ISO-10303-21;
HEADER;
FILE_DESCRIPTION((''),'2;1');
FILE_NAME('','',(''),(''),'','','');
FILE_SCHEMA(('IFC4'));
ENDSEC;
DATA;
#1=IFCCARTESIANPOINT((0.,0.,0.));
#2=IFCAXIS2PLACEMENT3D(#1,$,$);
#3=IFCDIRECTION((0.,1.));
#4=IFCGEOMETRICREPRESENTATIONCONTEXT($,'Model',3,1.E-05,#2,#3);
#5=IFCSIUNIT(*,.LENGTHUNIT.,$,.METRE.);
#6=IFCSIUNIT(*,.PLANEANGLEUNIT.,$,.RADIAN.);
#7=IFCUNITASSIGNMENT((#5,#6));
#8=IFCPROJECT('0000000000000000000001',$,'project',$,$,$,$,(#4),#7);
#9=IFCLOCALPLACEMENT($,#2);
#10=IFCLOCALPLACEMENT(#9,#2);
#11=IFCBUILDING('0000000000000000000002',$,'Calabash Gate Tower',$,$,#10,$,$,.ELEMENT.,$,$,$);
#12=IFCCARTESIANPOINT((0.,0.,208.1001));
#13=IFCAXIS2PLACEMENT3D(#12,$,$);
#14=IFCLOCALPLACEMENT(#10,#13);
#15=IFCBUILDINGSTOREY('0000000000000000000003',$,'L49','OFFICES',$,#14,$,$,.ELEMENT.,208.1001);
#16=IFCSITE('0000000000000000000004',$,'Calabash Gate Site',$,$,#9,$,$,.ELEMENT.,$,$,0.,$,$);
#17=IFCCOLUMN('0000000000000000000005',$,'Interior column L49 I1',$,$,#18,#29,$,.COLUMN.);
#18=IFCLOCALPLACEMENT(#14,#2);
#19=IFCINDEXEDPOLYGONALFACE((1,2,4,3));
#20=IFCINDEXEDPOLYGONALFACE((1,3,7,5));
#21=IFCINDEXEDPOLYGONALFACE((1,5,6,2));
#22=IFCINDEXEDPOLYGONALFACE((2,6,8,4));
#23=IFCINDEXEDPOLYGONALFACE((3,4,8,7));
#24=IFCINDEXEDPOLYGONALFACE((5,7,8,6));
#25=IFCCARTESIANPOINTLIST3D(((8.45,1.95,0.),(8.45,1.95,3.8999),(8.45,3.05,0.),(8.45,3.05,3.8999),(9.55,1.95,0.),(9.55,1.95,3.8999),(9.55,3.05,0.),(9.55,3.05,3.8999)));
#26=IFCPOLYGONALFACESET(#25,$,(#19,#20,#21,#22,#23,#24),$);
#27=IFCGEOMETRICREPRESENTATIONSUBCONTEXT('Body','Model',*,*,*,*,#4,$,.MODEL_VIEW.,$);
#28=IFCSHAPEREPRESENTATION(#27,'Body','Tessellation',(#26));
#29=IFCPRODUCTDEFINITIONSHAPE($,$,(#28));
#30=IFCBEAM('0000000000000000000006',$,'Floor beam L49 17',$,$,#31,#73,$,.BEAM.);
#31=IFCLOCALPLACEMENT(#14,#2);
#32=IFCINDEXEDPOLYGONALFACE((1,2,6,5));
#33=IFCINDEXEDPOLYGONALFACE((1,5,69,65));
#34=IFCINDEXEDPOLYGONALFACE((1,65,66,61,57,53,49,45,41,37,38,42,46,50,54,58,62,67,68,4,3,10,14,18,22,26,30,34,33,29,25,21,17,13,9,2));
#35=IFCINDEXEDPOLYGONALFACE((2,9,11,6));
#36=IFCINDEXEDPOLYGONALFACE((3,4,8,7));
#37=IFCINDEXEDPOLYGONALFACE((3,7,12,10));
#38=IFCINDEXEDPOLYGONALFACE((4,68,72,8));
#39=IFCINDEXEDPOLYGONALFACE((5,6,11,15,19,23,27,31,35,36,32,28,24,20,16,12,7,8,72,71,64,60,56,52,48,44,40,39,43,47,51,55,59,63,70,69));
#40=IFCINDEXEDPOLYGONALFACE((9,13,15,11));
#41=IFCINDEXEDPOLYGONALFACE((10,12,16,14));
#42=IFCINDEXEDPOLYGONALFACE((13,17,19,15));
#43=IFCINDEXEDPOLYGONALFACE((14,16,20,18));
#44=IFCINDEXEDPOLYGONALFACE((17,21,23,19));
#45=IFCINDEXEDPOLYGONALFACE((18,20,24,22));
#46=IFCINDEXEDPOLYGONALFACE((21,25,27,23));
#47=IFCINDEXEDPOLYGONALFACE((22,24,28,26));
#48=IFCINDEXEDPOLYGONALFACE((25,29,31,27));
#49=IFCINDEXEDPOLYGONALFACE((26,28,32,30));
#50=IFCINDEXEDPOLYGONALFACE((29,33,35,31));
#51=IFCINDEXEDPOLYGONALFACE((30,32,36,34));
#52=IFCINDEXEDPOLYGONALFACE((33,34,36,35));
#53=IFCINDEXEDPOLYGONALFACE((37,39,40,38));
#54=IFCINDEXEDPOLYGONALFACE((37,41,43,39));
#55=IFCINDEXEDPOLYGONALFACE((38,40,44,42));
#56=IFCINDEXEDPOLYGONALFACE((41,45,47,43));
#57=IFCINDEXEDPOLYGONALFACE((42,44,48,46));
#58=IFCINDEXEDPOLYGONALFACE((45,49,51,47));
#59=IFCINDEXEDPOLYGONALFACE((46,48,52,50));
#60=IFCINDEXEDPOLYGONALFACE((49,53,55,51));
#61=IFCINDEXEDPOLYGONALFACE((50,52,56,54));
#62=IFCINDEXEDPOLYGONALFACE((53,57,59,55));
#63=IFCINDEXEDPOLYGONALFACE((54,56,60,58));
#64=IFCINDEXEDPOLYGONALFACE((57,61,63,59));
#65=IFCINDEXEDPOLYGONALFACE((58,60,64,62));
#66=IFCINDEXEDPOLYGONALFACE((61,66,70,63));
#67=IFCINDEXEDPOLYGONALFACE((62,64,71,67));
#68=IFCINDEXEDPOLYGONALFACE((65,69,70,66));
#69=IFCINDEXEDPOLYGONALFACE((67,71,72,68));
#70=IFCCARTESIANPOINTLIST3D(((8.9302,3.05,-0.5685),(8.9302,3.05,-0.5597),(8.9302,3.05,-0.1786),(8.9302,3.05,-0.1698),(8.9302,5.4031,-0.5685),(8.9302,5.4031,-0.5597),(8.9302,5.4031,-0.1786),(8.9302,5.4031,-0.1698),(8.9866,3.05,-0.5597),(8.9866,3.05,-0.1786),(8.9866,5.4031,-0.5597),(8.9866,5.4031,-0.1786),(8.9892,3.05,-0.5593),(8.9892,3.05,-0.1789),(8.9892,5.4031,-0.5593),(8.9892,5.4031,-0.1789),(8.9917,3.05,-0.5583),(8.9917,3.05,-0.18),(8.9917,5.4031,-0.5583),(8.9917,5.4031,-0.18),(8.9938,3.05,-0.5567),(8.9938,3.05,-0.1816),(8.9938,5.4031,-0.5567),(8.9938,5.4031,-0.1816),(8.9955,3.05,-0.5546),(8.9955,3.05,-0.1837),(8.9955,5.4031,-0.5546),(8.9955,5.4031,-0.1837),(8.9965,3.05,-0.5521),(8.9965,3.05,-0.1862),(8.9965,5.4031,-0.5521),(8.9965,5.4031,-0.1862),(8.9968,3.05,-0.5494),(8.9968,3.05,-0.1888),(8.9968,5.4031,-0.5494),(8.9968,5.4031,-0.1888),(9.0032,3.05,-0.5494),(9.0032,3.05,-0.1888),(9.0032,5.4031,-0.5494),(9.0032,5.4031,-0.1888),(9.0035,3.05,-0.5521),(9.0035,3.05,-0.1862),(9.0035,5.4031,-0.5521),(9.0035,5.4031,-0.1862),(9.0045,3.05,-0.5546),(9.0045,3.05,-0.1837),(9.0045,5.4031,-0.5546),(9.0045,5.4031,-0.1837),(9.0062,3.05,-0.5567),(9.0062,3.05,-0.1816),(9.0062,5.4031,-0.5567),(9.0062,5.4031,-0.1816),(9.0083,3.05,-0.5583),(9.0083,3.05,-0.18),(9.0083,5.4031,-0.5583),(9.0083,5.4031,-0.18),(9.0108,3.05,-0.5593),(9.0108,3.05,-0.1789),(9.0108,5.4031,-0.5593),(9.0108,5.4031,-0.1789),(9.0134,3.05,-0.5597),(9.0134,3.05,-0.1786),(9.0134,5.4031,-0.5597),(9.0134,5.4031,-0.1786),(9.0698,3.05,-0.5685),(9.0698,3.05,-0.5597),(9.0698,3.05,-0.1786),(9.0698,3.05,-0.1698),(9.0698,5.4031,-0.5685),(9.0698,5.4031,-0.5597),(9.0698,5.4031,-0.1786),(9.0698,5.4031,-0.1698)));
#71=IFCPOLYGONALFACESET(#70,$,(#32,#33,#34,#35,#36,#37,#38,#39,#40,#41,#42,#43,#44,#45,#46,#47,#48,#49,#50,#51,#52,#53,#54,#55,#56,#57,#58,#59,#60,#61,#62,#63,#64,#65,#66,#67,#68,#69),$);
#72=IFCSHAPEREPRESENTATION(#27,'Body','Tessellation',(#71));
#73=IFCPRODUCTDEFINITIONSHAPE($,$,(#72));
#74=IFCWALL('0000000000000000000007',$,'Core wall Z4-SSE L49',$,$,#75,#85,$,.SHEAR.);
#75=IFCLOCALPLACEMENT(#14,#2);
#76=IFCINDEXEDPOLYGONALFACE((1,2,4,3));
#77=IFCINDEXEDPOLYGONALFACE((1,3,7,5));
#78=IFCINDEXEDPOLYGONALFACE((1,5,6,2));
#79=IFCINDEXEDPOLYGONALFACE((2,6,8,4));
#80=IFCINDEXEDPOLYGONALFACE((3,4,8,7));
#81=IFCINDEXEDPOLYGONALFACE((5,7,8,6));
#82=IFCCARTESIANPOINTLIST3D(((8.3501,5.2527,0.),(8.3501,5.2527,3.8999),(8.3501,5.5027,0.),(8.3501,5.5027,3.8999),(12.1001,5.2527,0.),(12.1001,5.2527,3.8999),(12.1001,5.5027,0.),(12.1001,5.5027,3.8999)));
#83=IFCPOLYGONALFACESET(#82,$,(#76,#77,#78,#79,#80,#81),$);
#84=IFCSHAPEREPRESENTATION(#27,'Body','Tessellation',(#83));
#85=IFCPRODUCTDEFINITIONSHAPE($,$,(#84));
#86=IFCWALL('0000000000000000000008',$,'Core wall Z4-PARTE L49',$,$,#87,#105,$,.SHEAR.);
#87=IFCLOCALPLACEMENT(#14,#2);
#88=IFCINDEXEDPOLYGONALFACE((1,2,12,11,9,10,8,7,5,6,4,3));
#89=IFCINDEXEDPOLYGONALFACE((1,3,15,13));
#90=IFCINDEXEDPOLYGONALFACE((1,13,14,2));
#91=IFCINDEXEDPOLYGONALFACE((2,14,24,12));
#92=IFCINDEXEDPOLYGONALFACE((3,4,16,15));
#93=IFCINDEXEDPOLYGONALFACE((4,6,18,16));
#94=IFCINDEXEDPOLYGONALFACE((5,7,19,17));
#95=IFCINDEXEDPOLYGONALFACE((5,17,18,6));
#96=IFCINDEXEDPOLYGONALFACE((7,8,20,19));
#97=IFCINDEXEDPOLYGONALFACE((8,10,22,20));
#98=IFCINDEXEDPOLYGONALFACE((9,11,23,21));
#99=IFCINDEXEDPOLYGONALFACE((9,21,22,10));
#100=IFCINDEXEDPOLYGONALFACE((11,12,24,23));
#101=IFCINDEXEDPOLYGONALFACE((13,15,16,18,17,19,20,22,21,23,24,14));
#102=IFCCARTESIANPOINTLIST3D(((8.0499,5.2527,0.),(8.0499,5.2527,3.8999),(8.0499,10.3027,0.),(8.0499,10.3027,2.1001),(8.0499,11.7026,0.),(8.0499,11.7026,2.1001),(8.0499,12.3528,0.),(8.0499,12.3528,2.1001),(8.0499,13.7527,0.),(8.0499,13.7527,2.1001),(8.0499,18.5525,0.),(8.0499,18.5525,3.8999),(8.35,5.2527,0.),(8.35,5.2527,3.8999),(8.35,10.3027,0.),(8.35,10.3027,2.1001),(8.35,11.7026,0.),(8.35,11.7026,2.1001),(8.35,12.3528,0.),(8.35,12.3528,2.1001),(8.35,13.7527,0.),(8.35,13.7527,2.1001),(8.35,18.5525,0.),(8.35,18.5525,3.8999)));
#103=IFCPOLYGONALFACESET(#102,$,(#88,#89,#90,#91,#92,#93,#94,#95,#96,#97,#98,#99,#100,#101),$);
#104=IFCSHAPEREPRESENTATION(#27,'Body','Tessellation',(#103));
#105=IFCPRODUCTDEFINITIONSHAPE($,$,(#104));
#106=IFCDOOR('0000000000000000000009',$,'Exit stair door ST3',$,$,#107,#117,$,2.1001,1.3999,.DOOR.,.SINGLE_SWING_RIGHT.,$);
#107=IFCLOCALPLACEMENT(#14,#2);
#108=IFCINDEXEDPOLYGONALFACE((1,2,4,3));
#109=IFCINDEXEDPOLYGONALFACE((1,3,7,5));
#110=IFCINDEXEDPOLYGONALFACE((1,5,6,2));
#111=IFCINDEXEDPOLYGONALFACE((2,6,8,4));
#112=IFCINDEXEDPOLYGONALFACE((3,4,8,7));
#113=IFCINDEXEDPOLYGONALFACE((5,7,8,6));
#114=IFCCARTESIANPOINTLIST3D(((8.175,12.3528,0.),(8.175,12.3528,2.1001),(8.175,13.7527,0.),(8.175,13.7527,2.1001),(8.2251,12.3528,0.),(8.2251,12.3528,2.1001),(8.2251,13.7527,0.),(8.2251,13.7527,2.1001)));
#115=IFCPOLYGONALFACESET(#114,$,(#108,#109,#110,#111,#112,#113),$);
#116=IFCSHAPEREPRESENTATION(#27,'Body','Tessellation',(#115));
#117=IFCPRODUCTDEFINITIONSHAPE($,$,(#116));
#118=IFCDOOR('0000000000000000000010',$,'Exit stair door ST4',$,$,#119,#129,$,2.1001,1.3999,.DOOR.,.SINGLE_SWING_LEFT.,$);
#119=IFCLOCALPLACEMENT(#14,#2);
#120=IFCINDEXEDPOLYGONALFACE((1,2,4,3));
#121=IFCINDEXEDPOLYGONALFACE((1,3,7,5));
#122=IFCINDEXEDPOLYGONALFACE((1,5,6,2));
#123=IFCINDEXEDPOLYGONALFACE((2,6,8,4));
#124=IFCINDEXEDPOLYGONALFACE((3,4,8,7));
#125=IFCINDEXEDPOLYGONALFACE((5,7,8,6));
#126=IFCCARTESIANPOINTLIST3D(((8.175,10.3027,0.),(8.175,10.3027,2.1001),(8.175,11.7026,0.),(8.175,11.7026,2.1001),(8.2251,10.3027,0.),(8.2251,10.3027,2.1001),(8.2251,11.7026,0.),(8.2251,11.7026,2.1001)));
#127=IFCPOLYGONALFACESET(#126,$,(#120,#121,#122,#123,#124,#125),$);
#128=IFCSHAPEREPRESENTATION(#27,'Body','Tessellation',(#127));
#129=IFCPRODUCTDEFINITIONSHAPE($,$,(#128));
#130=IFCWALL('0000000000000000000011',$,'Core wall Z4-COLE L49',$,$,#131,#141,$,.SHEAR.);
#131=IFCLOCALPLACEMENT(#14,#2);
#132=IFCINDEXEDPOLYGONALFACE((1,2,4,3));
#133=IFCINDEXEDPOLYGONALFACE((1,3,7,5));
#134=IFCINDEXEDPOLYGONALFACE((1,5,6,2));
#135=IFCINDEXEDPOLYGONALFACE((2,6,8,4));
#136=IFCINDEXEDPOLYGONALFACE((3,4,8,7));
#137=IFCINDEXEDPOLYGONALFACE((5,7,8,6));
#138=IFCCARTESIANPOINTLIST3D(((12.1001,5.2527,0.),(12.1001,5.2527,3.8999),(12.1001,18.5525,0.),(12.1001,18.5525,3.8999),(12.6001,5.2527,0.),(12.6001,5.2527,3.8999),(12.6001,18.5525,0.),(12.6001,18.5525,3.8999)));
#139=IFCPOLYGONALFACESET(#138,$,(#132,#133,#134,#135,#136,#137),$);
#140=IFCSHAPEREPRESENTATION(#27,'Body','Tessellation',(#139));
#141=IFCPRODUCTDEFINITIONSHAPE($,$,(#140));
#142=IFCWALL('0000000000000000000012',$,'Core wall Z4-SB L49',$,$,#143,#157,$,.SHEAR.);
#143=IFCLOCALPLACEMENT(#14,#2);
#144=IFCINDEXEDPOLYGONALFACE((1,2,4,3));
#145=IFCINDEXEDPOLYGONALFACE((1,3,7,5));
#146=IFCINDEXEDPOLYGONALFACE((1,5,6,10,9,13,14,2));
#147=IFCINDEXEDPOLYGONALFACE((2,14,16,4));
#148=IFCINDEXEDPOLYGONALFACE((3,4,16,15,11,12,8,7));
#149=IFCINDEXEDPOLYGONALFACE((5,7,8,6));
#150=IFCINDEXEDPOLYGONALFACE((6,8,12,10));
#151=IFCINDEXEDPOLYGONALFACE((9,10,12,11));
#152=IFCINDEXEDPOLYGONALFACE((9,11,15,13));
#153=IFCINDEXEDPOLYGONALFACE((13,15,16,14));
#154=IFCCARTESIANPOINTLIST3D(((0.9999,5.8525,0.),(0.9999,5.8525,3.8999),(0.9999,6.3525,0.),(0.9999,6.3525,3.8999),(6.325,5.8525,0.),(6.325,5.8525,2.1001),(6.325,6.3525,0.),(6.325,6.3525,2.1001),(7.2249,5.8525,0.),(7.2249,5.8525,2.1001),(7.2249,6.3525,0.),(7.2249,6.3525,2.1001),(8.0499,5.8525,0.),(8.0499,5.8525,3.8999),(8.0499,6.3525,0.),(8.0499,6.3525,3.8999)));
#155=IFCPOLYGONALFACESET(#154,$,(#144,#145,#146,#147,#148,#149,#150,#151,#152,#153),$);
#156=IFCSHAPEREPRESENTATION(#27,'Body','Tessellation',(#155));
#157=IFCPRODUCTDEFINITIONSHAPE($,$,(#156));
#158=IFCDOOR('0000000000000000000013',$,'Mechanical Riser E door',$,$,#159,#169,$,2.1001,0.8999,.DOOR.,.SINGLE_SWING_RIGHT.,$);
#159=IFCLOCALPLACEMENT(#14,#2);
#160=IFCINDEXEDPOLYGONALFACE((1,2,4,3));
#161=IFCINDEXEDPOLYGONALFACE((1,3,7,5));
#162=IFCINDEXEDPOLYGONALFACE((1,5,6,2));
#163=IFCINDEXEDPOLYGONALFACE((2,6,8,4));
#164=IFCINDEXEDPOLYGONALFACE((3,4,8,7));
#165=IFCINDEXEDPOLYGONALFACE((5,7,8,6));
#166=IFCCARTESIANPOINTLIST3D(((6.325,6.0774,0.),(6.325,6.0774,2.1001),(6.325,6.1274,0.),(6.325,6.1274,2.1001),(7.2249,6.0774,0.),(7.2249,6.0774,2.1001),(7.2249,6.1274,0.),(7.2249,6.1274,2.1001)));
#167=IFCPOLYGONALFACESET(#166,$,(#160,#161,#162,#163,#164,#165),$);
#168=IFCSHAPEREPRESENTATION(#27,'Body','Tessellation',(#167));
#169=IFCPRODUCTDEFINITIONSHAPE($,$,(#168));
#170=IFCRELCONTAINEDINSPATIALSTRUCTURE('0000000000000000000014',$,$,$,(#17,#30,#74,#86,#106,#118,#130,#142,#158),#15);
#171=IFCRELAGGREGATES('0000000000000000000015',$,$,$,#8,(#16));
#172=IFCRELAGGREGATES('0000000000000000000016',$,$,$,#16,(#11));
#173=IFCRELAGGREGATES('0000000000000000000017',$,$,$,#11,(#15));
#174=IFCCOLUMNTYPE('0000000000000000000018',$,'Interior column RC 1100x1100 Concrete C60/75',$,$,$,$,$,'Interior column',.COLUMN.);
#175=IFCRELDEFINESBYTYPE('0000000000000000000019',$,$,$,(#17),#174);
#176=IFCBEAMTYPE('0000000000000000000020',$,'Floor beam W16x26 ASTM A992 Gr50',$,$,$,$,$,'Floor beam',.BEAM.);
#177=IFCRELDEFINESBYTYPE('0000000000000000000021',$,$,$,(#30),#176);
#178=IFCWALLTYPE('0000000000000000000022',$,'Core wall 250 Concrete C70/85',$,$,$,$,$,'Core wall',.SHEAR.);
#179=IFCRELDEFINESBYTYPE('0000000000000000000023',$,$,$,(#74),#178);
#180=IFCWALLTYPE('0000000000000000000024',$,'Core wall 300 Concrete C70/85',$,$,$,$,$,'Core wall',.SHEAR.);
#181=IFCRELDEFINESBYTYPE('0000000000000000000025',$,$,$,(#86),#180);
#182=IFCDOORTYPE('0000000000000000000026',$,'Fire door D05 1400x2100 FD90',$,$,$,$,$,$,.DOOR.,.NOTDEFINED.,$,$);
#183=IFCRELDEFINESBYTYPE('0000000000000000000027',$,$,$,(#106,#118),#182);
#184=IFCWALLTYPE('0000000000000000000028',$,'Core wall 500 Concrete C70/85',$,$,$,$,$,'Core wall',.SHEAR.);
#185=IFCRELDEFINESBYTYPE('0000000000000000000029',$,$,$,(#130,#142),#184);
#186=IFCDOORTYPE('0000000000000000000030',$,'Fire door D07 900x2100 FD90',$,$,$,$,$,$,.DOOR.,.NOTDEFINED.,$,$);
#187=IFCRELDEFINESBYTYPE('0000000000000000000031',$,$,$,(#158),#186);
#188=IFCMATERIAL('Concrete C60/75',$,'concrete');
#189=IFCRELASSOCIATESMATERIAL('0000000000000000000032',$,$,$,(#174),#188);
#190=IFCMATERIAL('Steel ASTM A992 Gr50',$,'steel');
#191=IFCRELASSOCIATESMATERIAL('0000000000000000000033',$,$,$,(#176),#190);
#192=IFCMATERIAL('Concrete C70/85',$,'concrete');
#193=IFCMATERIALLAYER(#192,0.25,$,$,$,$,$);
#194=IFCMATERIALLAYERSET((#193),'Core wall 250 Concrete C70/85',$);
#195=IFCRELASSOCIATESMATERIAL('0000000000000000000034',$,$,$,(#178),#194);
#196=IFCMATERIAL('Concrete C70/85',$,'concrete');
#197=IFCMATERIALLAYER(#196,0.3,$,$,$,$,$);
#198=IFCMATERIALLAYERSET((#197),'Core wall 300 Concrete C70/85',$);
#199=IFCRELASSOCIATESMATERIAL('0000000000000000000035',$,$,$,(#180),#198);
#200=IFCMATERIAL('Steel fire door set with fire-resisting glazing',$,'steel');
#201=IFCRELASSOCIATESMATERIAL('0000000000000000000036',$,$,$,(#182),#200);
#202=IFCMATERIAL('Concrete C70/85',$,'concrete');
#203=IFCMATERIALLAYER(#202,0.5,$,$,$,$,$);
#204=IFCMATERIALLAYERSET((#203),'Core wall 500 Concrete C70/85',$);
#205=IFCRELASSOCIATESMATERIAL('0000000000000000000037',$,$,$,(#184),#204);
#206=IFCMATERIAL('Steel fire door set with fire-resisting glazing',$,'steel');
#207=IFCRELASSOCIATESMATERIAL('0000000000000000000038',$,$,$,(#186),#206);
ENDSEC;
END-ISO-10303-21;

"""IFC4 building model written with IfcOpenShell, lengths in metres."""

from ifc_helpers import new_model, si_unit, direction, frame, frame_2d, origin, origin_2d, place, context, subcontext, project, spatial, rectangle, i_section, extrude, material, layer, layer_set, material_profile, profile_set, type_object, element, fill, save


model = new_model("IFC4")

# Units and contexts
model_context = context("Model", 3, precision=1e-05, world=origin(), true_north=direction((0.0, 1.0)))
body_context = subcontext(model_context, "Body", "Model", "MODEL_VIEW")
ifc_project = project(units=[si_unit("LENGTHUNIT", "METRE"), si_unit("PLANEANGLEUNIT", "RADIAN")], contexts=[model_context])

# Site, building, storey
site_placement = place(None, origin())
site = spatial("IfcSite", under=ifc_project, at=site_placement, Name="Calabash Gate Site", CompositionType="ELEMENT", RefElevation=0.0)
building_placement = place(site_placement, origin())
building = spatial("IfcBuilding", under=site, at=building_placement, Name="Calabash Gate Tower", CompositionType="ELEMENT")
storey_placement = place(building_placement, frame((0.0, 0.0, 208.1001)))
storey = spatial("IfcBuildingStorey", under=building, at=storey_placement, Name="L49", Description="OFFICES", CompositionType="ELEMENT", Elevation=208.1001)

# Column
ifc_material_1 = material(Name="Concrete C60/75", Category="concrete")
ifc_material_profile_1 = material_profile(ifc_material_1, rectangle(XDim=1.1001, YDim=1.1001, at=origin_2d()))
ifc_profile_set_1 = profile_set([ifc_material_profile_1], Name="Concrete C60/75")
column_type = type_object("IfcColumnType", Name="Interior column RC 1100x1100 Concrete C60/75", ElementType="Interior column", PredefinedType="COLUMN", material=ifc_profile_set_1)
column_placement = place(storey_placement, frame((9.0, 2.5, 0.0), z_axis=(0.0, 0.0, 1.0), x_axis=(1.0, 0.0, 0.0)))
element("IfcColumn", 1, at=column_placement, inside=storey, type_object=column_type, Name="Interior column L49 I1", PredefinedType="COLUMN", context=body_context, shape_type="SweptSolid", body=[
    extrude(rectangle(XDim=1.1001, YDim=1.1001, at=origin_2d()), origin(), (0.0, 0.0, 1.0), 3.8999),
])

# Beam
ifc_material_2 = material(Name="Steel ASTM A992 Gr50", Category="steel")
ifc_material_profile_2 = material_profile(ifc_material_2, i_section(OverallWidth=0.1396, OverallDepth=0.3987, WebThickness=0.0063, FlangeThickness=0.0088, FilletRadius=0.0103, at=origin_2d()))
ifc_profile_set_2 = profile_set([ifc_material_profile_2], Name="Steel ASTM A992 Gr50")
beam_type = type_object("IfcBeamType", Name="Floor beam W16x26 ASTM A992 Gr50", ElementType="Floor beam", PredefinedType="BEAM", material=ifc_profile_set_2)
beam_placement = place(storey_placement, frame((9.0, 3.05, -0.3691), z_axis=(0.0, 1.0, 0.0), x_axis=(-1.0, 0.0, 0.0)))
element("IfcBeam", 2, at=beam_placement, inside=storey, type_object=beam_type, Name="Floor beam L49 17", PredefinedType="BEAM", context=body_context, shape_type="SweptSolid", body=[
    extrude(i_section(OverallWidth=0.1396, OverallDepth=0.3987, WebThickness=0.0063, FlangeThickness=0.0088, FilletRadius=0.0103, at=origin_2d()), origin(), (0.0, 0.0, 1.0), 2.353),
])

# Wall
ifc_material_3 = material(Name="Concrete C70/85", Category="concrete")
ifc_layer_1 = layer(ifc_material_3, 0.25)
ifc_layer_set_1 = layer_set([ifc_layer_1], Name="Core wall 250 Concrete C70/85")
wall_type_1 = type_object("IfcWallType", Name="Core wall 250 Concrete C70/85", ElementType="Core wall", PredefinedType="SHEAR", material=ifc_layer_set_1)
wall_1_placement = place(storey_placement, frame((8.3501, 5.3777, 0.0), z_axis=(0.0, 0.0, 1.0), x_axis=(1.0, 0.0, 0.0)))
element("IfcWall", 3, at=wall_1_placement, inside=storey, type_object=wall_type_1, Name="Core wall Z4-SSE L49", PredefinedType="SHEAR", context=body_context, shape_type="SweptSolid", body=[
    extrude(rectangle(XDim=3.75, YDim=0.25, at=frame_2d((1.875, 0.0))), origin(), (0.0, 0.0, 1.0), 3.8999),
])

# Wall, openings, doors
ifc_material_4 = material(Name="Concrete C70/85", Category="concrete")
ifc_layer_2 = layer(ifc_material_4, 0.3)
ifc_layer_set_2 = layer_set([ifc_layer_2], Name="Core wall 300 Concrete C70/85")
wall_type_2 = type_object("IfcWallType", Name="Core wall 300 Concrete C70/85", ElementType="Core wall", PredefinedType="SHEAR", material=ifc_layer_set_2)
wall_2_placement = place(storey_placement, frame((8.2, 5.2527, 0.0), z_axis=(0.0, 0.0, 1.0), x_axis=(0.0, 1.0, 0.0)))
wall_2 = element("IfcWall", 4, at=wall_2_placement, inside=storey, type_object=wall_type_2, Name="Core wall Z4-PARTE L49", PredefinedType="SHEAR", context=body_context, shape_type="SweptSolid", body=[
    extrude(rectangle(XDim=13.2998, YDim=0.3, at=frame_2d((6.6499, 0.0))), origin(), (0.0, 0.0, 1.0), 3.8999),
])
opening_1_placement = place(wall_2_placement, frame((7.1001, 0.0, 0.0)))
opening_1 = element("IfcOpeningElement", 5, at=opening_1_placement, cuts=wall_2, PredefinedType="OPENING", context=body_context, shape_type="SweptSolid", body=[
    extrude(rectangle(XDim=1.3999, YDim=2.1001, at=frame_2d((0.7, 1.05))), frame((0.0, 0.1599, 0.0), z_axis=(0.0, -1.0, 0.0), x_axis=(1.0, 0.0, 0.0)), (0.0, 0.0, 1.0), 0.3201),
])
opening_2_placement = place(wall_2_placement, frame((5.05, 0.0, 0.0)))
opening_2 = element("IfcOpeningElement", 6, at=opening_2_placement, cuts=wall_2, PredefinedType="OPENING", context=body_context, shape_type="SweptSolid", body=[
    extrude(rectangle(XDim=1.3999, YDim=2.1001, at=frame_2d((0.7, 1.05))), frame((0.0, 0.1599, 0.0), z_axis=(0.0, -1.0, 0.0), x_axis=(1.0, 0.0, 0.0)), (0.0, 0.0, 1.0), 0.3201),
])
ifc_material_5 = material(Name="Steel fire door set with fire-resisting glazing", Category="steel")
door_type_1 = type_object("IfcDoorType", Name="Fire door D05 1400x2100 FD90", OperationType="NOTDEFINED", PredefinedType="DOOR", material=ifc_material_5)
door_1_placement = place(opening_1_placement, origin())
door_1 = element("IfcDoor", 7, at=door_1_placement, inside=storey, type_object=door_type_1, Name="Exit stair door ST3", OperationType="SINGLE_SWING_RIGHT", OverallHeight=2.1001, OverallWidth=1.3999, PredefinedType="DOOR", context=body_context, shape_type="SweptSolid", body=[
    extrude(rectangle(XDim=1.3999, YDim=2.1001, at=frame_2d((0.7, 1.05))), frame((0.0, 0.0249, 0.0), z_axis=(0.0, -1.0, 0.0), x_axis=(1.0, 0.0, 0.0)), (0.0, 0.0, 1.0), 0.05),
])
fill(opening_1, door_1)
door_2_placement = place(opening_2_placement, origin())
door_2 = element("IfcDoor", 8, at=door_2_placement, inside=storey, type_object=door_type_1, Name="Exit stair door ST4", OperationType="SINGLE_SWING_LEFT", OverallHeight=2.1001, OverallWidth=1.3999, PredefinedType="DOOR", context=body_context, shape_type="SweptSolid", body=[
    extrude(rectangle(XDim=1.3999, YDim=2.1001, at=frame_2d((0.7, 1.05))), frame((0.0, 0.0249, 0.0), z_axis=(0.0, -1.0, 0.0), x_axis=(1.0, 0.0, 0.0)), (0.0, 0.0, 1.0), 0.05),
])
fill(opening_2, door_2)

# Wall
ifc_material_6 = material(Name="Concrete C70/85", Category="concrete")
ifc_layer_3 = layer(ifc_material_6, 0.5)
ifc_layer_set_3 = layer_set([ifc_layer_3], Name="Core wall 500 Concrete C70/85")
wall_type_3 = type_object("IfcWallType", Name="Core wall 500 Concrete C70/85", ElementType="Core wall", PredefinedType="SHEAR", material=ifc_layer_set_3)
wall_3_placement = place(storey_placement, frame((12.3501, 5.2527, 0.0), z_axis=(0.0, 0.0, 1.0), x_axis=(0.0, 1.0, 0.0)))
element("IfcWall", 9, at=wall_3_placement, inside=storey, type_object=wall_type_3, Name="Core wall Z4-COLE L49", PredefinedType="SHEAR", context=body_context, shape_type="SweptSolid", body=[
    extrude(rectangle(XDim=13.2998, YDim=0.5, at=frame_2d((6.6499, 0.0))), origin(), (0.0, 0.0, 1.0), 3.8999),
])

# Wall, opening, door
wall_4_placement = place(storey_placement, frame((1.0, 6.1025, 0.0), z_axis=(0.0, 0.0, 1.0), x_axis=(1.0, 0.0, 0.0)))
wall_4 = element("IfcWall", 10, at=wall_4_placement, inside=storey, type_object=wall_type_3, Name="Core wall Z4-SB L49", PredefinedType="SHEAR", context=body_context, shape_type="SweptSolid", body=[
    extrude(rectangle(XDim=7.05, YDim=0.5, at=frame_2d((3.5249, 0.0))), origin(), (0.0, 0.0, 1.0), 3.8999),
])
opening_3_placement = place(wall_4_placement, frame((5.325, 0.0, 0.0)))
opening_3 = element("IfcOpeningElement", 11, at=opening_3_placement, cuts=wall_4, PredefinedType="OPENING", context=body_context, shape_type="SweptSolid", body=[
    extrude(rectangle(XDim=0.8999, YDim=2.1001, at=frame_2d((0.45, 1.05))), frame((0.0, 0.26, 0.0), z_axis=(0.0, -1.0, 0.0), x_axis=(1.0, 0.0, 0.0)), (0.0, 0.0, 1.0), 0.52),
])
ifc_material_7 = material(Name="Steel fire door set with fire-resisting glazing", Category="steel")
door_type_2 = type_object("IfcDoorType", Name="Fire door D07 900x2100 FD90", OperationType="NOTDEFINED", PredefinedType="DOOR", material=ifc_material_7)
door_3_placement = place(opening_3_placement, origin())
door_3 = element("IfcDoor", 12, at=door_3_placement, inside=storey, type_object=door_type_2, Name="Mechanical Riser E door", OperationType="SINGLE_SWING_RIGHT", OverallHeight=2.1001, OverallWidth=0.8999, PredefinedType="DOOR", context=body_context, shape_type="SweptSolid", body=[
    extrude(rectangle(XDim=0.8999, YDim=2.1001, at=frame_2d((0.45, 1.05))), frame((0.0, 0.0249, 0.0), z_axis=(0.0, -1.0, 0.0), x_axis=(1.0, 0.0, 0.0)), (0.0, 0.0, 1.0), 0.05),
])
fill(opening_3, door_3)

save(model, "model.ifc")
